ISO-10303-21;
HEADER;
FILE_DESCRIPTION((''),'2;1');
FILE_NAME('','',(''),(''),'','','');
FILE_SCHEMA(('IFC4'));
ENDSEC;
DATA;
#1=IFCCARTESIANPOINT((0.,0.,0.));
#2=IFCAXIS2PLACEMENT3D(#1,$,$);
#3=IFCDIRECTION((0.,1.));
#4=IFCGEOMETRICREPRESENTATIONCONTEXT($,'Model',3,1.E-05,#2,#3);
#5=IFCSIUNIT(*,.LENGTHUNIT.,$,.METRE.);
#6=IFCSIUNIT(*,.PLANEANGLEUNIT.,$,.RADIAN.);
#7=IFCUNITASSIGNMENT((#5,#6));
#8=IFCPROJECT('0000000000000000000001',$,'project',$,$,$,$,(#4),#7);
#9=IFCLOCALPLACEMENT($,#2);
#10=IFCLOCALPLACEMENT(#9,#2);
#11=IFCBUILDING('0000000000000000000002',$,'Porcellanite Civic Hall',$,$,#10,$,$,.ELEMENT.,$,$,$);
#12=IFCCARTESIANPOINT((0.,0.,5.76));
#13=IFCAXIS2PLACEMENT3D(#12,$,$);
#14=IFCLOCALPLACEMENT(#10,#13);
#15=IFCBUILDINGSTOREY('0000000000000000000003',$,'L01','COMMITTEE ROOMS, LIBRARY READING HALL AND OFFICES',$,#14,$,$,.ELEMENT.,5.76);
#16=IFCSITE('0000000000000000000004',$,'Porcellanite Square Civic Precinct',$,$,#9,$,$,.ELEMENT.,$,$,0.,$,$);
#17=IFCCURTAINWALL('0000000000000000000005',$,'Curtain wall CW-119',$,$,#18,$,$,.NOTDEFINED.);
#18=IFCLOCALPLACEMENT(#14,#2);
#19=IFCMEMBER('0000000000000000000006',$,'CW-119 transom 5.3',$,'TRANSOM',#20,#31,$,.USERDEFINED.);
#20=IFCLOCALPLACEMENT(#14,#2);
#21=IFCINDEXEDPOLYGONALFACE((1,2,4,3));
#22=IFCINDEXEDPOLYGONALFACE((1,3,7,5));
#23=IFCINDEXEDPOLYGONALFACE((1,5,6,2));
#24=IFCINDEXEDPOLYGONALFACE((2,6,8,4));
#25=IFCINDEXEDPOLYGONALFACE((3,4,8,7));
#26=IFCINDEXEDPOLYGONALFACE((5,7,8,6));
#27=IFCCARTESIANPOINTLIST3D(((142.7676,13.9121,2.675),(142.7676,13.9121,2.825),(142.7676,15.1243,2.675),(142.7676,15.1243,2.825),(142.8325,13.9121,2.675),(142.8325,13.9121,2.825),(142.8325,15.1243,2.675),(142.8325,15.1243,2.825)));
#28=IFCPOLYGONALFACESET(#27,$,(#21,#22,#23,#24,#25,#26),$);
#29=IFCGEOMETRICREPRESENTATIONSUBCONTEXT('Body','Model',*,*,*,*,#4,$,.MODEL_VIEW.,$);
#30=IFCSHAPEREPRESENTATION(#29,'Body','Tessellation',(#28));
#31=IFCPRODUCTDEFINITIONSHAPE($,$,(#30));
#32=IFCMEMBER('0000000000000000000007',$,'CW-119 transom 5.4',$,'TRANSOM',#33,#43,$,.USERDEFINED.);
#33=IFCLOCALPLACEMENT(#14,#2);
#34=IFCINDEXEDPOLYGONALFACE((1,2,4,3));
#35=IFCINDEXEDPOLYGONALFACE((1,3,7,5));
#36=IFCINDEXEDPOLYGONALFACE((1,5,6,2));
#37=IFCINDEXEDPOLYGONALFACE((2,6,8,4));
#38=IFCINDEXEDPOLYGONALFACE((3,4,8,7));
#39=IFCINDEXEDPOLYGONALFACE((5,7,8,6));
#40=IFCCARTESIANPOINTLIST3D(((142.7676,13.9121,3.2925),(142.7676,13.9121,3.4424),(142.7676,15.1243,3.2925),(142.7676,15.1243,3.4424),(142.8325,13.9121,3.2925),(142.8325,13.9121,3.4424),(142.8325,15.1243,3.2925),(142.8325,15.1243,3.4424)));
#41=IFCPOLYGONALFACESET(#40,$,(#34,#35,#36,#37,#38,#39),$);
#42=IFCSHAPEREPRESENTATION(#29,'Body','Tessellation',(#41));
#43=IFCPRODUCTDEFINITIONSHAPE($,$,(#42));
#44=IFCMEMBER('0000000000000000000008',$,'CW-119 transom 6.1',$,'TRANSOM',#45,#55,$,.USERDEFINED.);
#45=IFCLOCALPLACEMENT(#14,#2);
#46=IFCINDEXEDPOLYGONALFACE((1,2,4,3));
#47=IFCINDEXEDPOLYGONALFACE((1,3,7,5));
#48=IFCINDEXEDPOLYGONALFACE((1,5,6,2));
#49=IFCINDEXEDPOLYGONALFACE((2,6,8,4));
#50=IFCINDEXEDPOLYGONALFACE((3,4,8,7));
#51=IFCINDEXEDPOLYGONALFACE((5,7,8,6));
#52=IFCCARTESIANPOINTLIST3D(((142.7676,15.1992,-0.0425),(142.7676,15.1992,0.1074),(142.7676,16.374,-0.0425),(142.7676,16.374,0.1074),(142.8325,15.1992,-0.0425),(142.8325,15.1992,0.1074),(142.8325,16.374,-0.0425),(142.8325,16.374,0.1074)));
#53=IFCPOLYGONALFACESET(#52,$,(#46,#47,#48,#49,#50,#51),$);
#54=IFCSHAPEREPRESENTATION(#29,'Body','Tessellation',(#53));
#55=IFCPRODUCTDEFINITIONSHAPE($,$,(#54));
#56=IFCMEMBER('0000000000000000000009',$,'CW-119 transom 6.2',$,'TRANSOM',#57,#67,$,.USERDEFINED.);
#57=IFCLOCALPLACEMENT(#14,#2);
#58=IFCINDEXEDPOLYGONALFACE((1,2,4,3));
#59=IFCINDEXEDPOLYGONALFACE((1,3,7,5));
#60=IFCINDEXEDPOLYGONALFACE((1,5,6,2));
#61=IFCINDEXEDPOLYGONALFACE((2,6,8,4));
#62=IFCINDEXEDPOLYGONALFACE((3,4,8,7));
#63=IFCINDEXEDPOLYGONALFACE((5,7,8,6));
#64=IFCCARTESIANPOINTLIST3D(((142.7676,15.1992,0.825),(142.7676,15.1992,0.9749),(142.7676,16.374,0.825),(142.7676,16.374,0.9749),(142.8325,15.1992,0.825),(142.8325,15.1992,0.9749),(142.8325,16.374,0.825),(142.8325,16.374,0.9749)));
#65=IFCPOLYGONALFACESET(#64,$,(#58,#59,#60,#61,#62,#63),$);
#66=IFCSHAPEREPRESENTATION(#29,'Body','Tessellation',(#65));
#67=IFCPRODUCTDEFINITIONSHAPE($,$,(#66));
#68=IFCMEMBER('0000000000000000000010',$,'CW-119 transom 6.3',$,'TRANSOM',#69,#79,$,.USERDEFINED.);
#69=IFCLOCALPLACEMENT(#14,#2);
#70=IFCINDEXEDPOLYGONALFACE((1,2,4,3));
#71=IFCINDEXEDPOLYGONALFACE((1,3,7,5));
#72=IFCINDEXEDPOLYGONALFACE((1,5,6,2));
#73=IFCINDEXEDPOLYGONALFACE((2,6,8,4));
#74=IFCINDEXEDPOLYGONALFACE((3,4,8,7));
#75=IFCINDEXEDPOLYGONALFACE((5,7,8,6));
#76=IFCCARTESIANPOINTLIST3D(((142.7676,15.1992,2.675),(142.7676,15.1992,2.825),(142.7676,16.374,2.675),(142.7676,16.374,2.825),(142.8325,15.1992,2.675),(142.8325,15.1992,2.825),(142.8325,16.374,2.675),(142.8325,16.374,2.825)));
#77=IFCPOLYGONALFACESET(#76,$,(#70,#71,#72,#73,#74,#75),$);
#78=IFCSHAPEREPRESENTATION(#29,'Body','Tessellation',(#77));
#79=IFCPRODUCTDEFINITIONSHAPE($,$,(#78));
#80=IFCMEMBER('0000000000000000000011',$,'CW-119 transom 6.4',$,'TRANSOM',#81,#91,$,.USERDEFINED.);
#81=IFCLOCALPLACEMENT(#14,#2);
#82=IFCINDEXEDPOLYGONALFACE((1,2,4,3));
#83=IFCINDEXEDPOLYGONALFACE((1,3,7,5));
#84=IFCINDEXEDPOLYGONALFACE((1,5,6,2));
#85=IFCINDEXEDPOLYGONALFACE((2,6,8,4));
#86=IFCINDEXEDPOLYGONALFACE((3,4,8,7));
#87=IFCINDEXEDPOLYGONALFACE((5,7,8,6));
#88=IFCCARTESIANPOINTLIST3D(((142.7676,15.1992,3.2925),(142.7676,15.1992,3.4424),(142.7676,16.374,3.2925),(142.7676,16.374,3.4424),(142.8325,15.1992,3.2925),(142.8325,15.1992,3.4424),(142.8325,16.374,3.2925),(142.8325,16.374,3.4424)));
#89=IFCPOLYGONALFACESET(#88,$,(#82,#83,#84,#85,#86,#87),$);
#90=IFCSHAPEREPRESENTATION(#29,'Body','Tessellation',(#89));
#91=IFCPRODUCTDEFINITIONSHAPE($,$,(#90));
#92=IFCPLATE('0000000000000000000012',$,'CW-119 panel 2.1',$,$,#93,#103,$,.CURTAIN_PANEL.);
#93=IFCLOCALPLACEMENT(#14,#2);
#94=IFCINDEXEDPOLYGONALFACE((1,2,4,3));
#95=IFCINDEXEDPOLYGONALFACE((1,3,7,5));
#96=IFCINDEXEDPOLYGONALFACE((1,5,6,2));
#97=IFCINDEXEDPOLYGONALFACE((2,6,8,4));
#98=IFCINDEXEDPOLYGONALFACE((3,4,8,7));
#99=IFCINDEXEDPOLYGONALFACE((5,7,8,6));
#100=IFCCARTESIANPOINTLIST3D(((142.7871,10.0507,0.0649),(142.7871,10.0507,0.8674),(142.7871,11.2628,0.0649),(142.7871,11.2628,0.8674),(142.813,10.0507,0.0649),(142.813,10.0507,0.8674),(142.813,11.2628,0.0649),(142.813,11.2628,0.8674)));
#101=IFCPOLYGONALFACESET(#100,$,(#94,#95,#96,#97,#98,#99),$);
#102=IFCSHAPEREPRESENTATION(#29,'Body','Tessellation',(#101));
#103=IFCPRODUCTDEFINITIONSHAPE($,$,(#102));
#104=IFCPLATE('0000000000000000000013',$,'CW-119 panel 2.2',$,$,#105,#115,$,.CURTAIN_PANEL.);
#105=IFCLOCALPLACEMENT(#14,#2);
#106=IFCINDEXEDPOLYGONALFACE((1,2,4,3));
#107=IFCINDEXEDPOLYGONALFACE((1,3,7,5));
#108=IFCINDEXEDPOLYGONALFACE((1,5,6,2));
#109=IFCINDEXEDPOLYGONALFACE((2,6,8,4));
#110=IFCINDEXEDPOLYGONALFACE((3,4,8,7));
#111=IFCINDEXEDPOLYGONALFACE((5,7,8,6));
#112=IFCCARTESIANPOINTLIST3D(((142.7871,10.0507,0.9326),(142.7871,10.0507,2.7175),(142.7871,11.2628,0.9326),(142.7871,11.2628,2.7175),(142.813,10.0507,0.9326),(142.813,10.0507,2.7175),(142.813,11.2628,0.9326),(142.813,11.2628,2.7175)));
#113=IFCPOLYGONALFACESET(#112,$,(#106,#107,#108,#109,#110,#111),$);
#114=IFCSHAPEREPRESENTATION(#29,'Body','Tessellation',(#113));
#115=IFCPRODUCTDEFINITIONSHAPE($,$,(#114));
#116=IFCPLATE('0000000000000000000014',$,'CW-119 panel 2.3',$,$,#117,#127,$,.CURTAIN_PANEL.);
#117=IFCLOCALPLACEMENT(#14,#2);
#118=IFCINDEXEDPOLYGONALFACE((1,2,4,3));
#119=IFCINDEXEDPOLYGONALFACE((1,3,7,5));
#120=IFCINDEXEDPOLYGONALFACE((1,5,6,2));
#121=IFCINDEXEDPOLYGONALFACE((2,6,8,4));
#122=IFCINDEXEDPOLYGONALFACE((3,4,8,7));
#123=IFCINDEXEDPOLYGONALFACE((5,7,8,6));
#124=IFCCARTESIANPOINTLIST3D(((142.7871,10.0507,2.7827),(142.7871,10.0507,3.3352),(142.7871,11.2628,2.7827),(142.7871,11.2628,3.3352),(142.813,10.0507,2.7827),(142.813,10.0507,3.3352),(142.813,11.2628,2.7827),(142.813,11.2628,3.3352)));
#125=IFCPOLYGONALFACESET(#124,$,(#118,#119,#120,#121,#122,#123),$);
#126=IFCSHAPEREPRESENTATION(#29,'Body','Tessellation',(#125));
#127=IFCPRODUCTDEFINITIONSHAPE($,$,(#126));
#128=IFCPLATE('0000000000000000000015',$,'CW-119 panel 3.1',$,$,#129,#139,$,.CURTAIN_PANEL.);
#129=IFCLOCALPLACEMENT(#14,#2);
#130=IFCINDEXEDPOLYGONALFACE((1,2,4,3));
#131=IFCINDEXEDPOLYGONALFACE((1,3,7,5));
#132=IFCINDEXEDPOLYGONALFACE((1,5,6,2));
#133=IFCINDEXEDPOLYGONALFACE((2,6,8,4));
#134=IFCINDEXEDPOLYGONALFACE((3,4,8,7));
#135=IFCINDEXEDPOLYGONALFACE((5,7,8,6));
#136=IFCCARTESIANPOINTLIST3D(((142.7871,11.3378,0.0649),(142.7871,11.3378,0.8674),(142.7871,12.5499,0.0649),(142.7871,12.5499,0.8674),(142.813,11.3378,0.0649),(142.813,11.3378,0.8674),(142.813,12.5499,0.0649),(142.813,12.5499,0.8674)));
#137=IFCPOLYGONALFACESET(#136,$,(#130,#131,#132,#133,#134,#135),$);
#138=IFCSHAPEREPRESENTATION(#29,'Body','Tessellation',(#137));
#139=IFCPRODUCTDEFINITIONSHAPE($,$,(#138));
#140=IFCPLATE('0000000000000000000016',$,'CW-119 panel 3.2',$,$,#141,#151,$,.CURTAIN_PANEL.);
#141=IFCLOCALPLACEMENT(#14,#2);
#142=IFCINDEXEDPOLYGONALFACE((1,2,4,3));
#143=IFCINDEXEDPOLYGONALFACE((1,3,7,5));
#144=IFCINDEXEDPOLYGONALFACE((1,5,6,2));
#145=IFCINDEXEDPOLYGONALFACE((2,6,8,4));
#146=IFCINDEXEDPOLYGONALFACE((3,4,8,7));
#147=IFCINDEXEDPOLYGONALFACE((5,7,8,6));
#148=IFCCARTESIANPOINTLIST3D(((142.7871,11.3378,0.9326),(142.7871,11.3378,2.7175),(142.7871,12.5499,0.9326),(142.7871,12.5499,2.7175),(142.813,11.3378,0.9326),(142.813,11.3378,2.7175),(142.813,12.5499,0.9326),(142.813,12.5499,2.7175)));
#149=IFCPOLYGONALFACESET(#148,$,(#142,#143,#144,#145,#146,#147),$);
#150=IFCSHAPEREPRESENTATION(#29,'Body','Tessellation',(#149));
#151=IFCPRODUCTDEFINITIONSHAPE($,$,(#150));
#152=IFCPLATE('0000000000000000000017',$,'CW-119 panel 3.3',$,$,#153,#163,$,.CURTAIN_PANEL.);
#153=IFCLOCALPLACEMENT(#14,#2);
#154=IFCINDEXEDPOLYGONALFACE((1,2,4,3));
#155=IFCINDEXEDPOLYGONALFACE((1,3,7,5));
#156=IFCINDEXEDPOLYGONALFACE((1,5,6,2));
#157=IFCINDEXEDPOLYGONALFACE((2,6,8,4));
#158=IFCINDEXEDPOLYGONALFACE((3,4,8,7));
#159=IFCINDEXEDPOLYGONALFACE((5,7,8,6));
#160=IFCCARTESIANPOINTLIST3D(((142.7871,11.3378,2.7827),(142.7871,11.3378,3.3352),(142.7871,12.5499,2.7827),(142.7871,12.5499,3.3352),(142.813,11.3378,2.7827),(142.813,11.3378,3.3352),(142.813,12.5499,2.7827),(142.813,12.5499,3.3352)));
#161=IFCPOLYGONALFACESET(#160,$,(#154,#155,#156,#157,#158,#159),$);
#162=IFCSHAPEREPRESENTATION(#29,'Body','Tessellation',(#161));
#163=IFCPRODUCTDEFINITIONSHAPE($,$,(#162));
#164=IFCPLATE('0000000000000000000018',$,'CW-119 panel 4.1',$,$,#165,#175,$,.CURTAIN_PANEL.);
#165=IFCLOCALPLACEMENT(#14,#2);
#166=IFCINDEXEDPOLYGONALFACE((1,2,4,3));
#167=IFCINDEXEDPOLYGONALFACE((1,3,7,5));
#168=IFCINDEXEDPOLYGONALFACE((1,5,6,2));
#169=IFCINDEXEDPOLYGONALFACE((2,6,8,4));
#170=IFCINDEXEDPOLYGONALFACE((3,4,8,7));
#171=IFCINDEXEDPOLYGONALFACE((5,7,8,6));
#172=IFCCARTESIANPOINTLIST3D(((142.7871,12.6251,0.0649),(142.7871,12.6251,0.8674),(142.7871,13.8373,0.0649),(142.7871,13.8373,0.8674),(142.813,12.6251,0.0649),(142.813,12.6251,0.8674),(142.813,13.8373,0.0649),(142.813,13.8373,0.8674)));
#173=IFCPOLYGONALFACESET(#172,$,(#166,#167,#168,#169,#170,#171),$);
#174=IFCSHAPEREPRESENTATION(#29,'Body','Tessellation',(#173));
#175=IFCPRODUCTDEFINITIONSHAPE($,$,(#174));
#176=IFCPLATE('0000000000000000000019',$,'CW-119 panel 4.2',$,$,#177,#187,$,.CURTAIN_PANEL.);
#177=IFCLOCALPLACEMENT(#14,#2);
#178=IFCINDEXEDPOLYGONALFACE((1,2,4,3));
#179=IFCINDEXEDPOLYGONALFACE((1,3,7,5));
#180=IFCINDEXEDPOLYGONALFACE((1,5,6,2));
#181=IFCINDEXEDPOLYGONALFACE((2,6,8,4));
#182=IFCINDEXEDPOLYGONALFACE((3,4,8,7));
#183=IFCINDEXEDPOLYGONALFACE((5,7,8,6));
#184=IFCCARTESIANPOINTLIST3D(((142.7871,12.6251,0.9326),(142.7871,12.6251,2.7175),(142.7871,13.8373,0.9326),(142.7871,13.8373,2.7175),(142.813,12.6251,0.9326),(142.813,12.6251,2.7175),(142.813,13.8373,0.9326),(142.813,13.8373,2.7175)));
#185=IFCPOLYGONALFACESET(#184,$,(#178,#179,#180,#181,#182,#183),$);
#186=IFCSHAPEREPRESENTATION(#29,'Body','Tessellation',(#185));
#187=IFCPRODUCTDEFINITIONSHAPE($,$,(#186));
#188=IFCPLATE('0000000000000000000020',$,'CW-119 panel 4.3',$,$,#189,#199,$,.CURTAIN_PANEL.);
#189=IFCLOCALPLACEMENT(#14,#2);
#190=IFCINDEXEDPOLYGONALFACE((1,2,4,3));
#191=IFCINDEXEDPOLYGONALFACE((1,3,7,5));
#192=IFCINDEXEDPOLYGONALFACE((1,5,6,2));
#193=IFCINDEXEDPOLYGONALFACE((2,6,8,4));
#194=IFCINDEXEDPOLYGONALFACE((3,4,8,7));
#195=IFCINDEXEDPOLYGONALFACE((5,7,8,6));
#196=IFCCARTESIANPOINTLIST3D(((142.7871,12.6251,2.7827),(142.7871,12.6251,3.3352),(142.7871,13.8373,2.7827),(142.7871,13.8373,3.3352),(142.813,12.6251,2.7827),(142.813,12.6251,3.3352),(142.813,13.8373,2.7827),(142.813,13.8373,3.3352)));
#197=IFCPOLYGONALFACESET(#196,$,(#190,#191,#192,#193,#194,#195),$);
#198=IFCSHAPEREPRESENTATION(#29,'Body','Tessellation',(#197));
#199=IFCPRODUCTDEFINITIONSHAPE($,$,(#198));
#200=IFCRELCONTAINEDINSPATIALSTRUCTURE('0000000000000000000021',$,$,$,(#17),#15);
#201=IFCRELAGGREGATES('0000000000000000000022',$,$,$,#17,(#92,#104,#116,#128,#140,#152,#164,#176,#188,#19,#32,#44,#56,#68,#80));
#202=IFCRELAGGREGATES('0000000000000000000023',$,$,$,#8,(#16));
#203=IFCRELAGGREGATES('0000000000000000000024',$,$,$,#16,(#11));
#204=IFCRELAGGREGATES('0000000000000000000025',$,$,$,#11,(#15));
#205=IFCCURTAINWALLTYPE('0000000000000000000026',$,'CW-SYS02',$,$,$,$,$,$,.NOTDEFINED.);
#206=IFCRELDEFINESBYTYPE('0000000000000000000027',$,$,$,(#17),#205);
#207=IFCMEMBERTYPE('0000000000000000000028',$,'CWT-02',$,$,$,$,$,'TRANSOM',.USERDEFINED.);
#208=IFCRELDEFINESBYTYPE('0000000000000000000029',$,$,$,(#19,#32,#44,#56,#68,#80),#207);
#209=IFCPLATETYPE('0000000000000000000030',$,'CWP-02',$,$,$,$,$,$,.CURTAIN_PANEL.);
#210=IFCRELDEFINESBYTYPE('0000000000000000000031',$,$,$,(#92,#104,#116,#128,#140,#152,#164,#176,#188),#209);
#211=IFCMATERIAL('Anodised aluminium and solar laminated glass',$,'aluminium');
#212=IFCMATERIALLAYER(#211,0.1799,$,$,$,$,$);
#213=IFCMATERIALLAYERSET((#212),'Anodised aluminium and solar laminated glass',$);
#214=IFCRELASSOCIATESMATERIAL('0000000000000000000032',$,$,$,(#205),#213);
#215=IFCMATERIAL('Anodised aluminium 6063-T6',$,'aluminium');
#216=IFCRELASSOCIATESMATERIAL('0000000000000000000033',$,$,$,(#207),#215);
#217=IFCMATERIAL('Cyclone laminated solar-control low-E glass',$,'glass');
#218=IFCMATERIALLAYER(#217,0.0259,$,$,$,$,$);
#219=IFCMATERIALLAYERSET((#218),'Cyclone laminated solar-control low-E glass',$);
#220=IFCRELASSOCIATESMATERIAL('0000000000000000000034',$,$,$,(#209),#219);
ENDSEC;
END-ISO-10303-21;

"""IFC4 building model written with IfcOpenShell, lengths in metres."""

from ifc_helpers import new_model, si_unit, direction, frame, origin, origin_2d, place, context, subcontext, project, spatial, rectangle, extrude, material, layer, layer_set, material_profile, profile_set, type_object, element, aggregate, save


model = new_model("IFC4")

# Units and contexts
model_context = context("Model", 3, precision=1e-05, world=origin(), true_north=direction((0.0, 1.0)))
body_context = subcontext(model_context, "Body", "Model", "MODEL_VIEW")
ifc_project = project(units=[si_unit("LENGTHUNIT", "METRE"), si_unit("PLANEANGLEUNIT", "RADIAN")], contexts=[model_context])

# Site, building, storey
site_placement = place(None, origin())
site = spatial("IfcSite", under=ifc_project, at=site_placement, Name="Porcellanite Square Civic Precinct", CompositionType="ELEMENT", RefElevation=0.0)
building_placement = place(site_placement, origin())
building = spatial("IfcBuilding", under=site, at=building_placement, Name="Porcellanite Civic Hall", CompositionType="ELEMENT")
storey_placement = place(building_placement, frame((0.0, 0.0, 5.76)))
storey = spatial("IfcBuildingStorey", under=building, at=storey_placement, Name="L01", Description="COMMITTEE ROOMS, LIBRARY READING HALL AND OFFICES", CompositionType="ELEMENT", Elevation=5.76)

# Curtain wall, members, plates
ifc_material_1 = material(Name="Anodised aluminium and solar laminated glass", Category="aluminium")
ifc_layer_1 = layer(ifc_material_1, 0.1799)
ifc_layer_set_1 = layer_set([ifc_layer_1], Name="Anodised aluminium and solar laminated glass")
curtain_wall_type = type_object("IfcCurtainWallType", Name="CW-SYS02", PredefinedType="NOTDEFINED", material=ifc_layer_set_1)
curtain_wall_placement = place(storey_placement, origin())
curtain_wall = element("IfcCurtainWall", 1, at=curtain_wall_placement, inside=storey, type_object=curtain_wall_type, Name="Curtain wall CW-119", PredefinedType="NOTDEFINED")
ifc_material_2 = material(Name="Anodised aluminium 6063-T6", Category="aluminium")
ifc_material_profile_1 = material_profile(ifc_material_2, rectangle(XDim=0.0649, YDim=0.1499, at=origin_2d()), Name="AL-65x150")
ifc_profile_set_1 = profile_set([ifc_material_profile_1], Name="Anodised aluminium 6063-T6")
member_type_1 = type_object("IfcMemberType", Name="CWT-02", ElementType="TRANSOM", PredefinedType="USERDEFINED", material=ifc_profile_set_1)
member_1_placement = place(storey_placement, frame((142.8, 13.9121, 2.75), z_axis=(0.0, 1.0, 0.0), x_axis=(-1.0, 0.0, 0.0)))
member_1 = element("IfcMember", 2, at=member_1_placement, type_object=member_type_1, Name="CW-119 transom 5.3", ObjectType="TRANSOM", PredefinedType="USERDEFINED", context=body_context, shape_type="SweptSolid", body=[
    extrude(rectangle(XDim=0.0649, YDim=0.1499, at=origin_2d()), origin(), (0.0, 0.0, 1.0), 1.2122),
])
member_2_placement = place(storey_placement, frame((142.8, 13.9121, 3.3674), z_axis=(0.0, 1.0, 0.0), x_axis=(-1.0, 0.0, 0.0)))
member_2 = element("IfcMember", 3, at=member_2_placement, type_object=member_type_1, Name="CW-119 transom 5.4", ObjectType="TRANSOM", PredefinedType="USERDEFINED", context=body_context, shape_type="SweptSolid", body=[
    extrude(rectangle(XDim=0.0649, YDim=0.1499, at=origin_2d()), origin(), (0.0, 0.0, 1.0), 1.2122),
])
member_3_placement = place(storey_placement, frame((142.8, 15.1992, 0.0325), z_axis=(0.0, 1.0, 0.0), x_axis=(-1.0, 0.0, 0.0)))
member_3 = element("IfcMember", 4, at=member_3_placement, type_object=member_type_1, Name="CW-119 transom 6.1", ObjectType="TRANSOM", PredefinedType="USERDEFINED", context=body_context, shape_type="SweptSolid", body=[
    extrude(rectangle(XDim=0.0649, YDim=0.1499, at=origin_2d()), origin(), (0.0, 0.0, 1.0), 1.1748),
])
member_4_placement = place(storey_placement, frame((142.8, 15.1992, 0.8999), z_axis=(0.0, 1.0, 0.0), x_axis=(-1.0, 0.0, 0.0)))
member_4 = element("IfcMember", 5, at=member_4_placement, type_object=member_type_1, Name="CW-119 transom 6.2", ObjectType="TRANSOM", PredefinedType="USERDEFINED", context=body_context, shape_type="SweptSolid", body=[
    extrude(rectangle(XDim=0.0649, YDim=0.1499, at=origin_2d()), origin(), (0.0, 0.0, 1.0), 1.1748),
])
member_5_placement = place(storey_placement, frame((142.8, 15.1992, 2.75), z_axis=(0.0, 1.0, 0.0), x_axis=(-1.0, 0.0, 0.0)))
member_5 = element("IfcMember", 6, at=member_5_placement, type_object=member_type_1, Name="CW-119 transom 6.3", ObjectType="TRANSOM", PredefinedType="USERDEFINED", context=body_context, shape_type="SweptSolid", body=[
    extrude(rectangle(XDim=0.0649, YDim=0.1499, at=origin_2d()), origin(), (0.0, 0.0, 1.0), 1.1748),
])
member_6_placement = place(storey_placement, frame((142.8, 15.1992, 3.3674), z_axis=(0.0, 1.0, 0.0), x_axis=(-1.0, 0.0, 0.0)))
member_6 = element("IfcMember", 7, at=member_6_placement, type_object=member_type_1, Name="CW-119 transom 6.4", ObjectType="TRANSOM", PredefinedType="USERDEFINED", context=body_context, shape_type="SweptSolid", body=[
    extrude(rectangle(XDim=0.0649, YDim=0.1499, at=origin_2d()), origin(), (0.0, 0.0, 1.0), 1.1748),
])
ifc_material_3 = material(Name="Cyclone laminated solar-control low-E glass", Category="glass")
ifc_layer_2 = layer(ifc_material_3, 0.0259)
ifc_layer_set_2 = layer_set([ifc_layer_2], Name="Cyclone laminated solar-control low-E glass")
plate_type = type_object("IfcPlateType", Name="CWP-02", PredefinedType="CURTAIN_PANEL", material=ifc_layer_set_2)
plate_1_placement = place(storey_placement, frame((142.8, 10.6567, 0.0649), z_axis=(0.0, 0.0, 1.0), x_axis=(0.0, 1.0, 0.0)))
plate_1 = element("IfcPlate", 8, at=plate_1_placement, type_object=plate_type, Name="CW-119 panel 2.1", PredefinedType="CURTAIN_PANEL", context=body_context, shape_type="SweptSolid", body=[
    extrude(rectangle(XDim=1.2122, YDim=0.0259, at=origin_2d()), origin(), (0.0, 0.0, 1.0), 0.8025),
])
plate_2_placement = place(storey_placement, frame((142.8, 10.6567, 0.9326), z_axis=(0.0, 0.0, 1.0), x_axis=(0.0, 1.0, 0.0)))
plate_2 = element("IfcPlate", 9, at=plate_2_placement, type_object=plate_type, Name="CW-119 panel 2.2", PredefinedType="CURTAIN_PANEL", context=body_context, shape_type="SweptSolid", body=[
    extrude(rectangle(XDim=1.2122, YDim=0.0259, at=origin_2d()), origin(), (0.0, 0.0, 1.0), 1.7849),
])
plate_3_placement = place(storey_placement, frame((142.8, 10.6567, 2.7827), z_axis=(0.0, 0.0, 1.0), x_axis=(0.0, 1.0, 0.0)))
plate_3 = element("IfcPlate", 10, at=plate_3_placement, type_object=plate_type, Name="CW-119 panel 2.3", PredefinedType="CURTAIN_PANEL", context=body_context, shape_type="SweptSolid", body=[
    extrude(rectangle(XDim=1.2122, YDim=0.0259, at=origin_2d()), origin(), (0.0, 0.0, 1.0), 0.5525),
])
plate_4_placement = place(storey_placement, frame((142.8, 11.9438, 0.0649), z_axis=(0.0, 0.0, 1.0), x_axis=(0.0, 1.0, 0.0)))
plate_4 = element("IfcPlate", 11, at=plate_4_placement, type_object=plate_type, Name="CW-119 panel 3.1", PredefinedType="CURTAIN_PANEL", context=body_context, shape_type="SweptSolid", body=[
    extrude(rectangle(XDim=1.2122, YDim=0.0259, at=origin_2d()), origin(), (0.0, 0.0, 1.0), 0.8025),
])
plate_5_placement = place(storey_placement, frame((142.8, 11.9438, 0.9326), z_axis=(0.0, 0.0, 1.0), x_axis=(0.0, 1.0, 0.0)))
plate_5 = element("IfcPlate", 12, at=plate_5_placement, type_object=plate_type, Name="CW-119 panel 3.2", PredefinedType="CURTAIN_PANEL", context=body_context, shape_type="SweptSolid", body=[
    extrude(rectangle(XDim=1.2122, YDim=0.0259, at=origin_2d()), origin(), (0.0, 0.0, 1.0), 1.7849),
])
plate_6_placement = place(storey_placement, frame((142.8, 11.9438, 2.7827), z_axis=(0.0, 0.0, 1.0), x_axis=(0.0, 1.0, 0.0)))
plate_6 = element("IfcPlate", 13, at=plate_6_placement, type_object=plate_type, Name="CW-119 panel 3.3", PredefinedType="CURTAIN_PANEL", context=body_context, shape_type="SweptSolid", body=[
    extrude(rectangle(XDim=1.2122, YDim=0.0259, at=origin_2d()), origin(), (0.0, 0.0, 1.0), 0.5525),
])
plate_7_placement = place(storey_placement, frame((142.8, 13.2312, 0.0649), z_axis=(0.0, 0.0, 1.0), x_axis=(0.0, 1.0, 0.0)))
plate_7 = element("IfcPlate", 14, at=plate_7_placement, type_object=plate_type, Name="CW-119 panel 4.1", PredefinedType="CURTAIN_PANEL", context=body_context, shape_type="SweptSolid", body=[
    extrude(rectangle(XDim=1.2122, YDim=0.0259, at=origin_2d()), origin(), (0.0, 0.0, 1.0), 0.8025),
])
plate_8_placement = place(storey_placement, frame((142.8, 13.2312, 0.9326), z_axis=(0.0, 0.0, 1.0), x_axis=(0.0, 1.0, 0.0)))
plate_8 = element("IfcPlate", 15, at=plate_8_placement, type_object=plate_type, Name="CW-119 panel 4.2", PredefinedType="CURTAIN_PANEL", context=body_context, shape_type="SweptSolid", body=[
    extrude(rectangle(XDim=1.2122, YDim=0.0259, at=origin_2d()), origin(), (0.0, 0.0, 1.0), 1.7849),
])
plate_9_placement = place(storey_placement, frame((142.8, 13.2312, 2.7827), z_axis=(0.0, 0.0, 1.0), x_axis=(0.0, 1.0, 0.0)))
plate_9 = element("IfcPlate", 16, at=plate_9_placement, type_object=plate_type, Name="CW-119 panel 4.3", PredefinedType="CURTAIN_PANEL", context=body_context, shape_type="SweptSolid", body=[
    extrude(rectangle(XDim=1.2122, YDim=0.0259, at=origin_2d()), origin(), (0.0, 0.0, 1.0), 0.5525),
])
aggregate(curtain_wall, [plate_1, plate_2, plate_3, plate_4, plate_5, plate_6, plate_7, plate_8, plate_9, member_1, member_2, member_3, member_4, member_5, member_6])

save(model, "model.ifc")
